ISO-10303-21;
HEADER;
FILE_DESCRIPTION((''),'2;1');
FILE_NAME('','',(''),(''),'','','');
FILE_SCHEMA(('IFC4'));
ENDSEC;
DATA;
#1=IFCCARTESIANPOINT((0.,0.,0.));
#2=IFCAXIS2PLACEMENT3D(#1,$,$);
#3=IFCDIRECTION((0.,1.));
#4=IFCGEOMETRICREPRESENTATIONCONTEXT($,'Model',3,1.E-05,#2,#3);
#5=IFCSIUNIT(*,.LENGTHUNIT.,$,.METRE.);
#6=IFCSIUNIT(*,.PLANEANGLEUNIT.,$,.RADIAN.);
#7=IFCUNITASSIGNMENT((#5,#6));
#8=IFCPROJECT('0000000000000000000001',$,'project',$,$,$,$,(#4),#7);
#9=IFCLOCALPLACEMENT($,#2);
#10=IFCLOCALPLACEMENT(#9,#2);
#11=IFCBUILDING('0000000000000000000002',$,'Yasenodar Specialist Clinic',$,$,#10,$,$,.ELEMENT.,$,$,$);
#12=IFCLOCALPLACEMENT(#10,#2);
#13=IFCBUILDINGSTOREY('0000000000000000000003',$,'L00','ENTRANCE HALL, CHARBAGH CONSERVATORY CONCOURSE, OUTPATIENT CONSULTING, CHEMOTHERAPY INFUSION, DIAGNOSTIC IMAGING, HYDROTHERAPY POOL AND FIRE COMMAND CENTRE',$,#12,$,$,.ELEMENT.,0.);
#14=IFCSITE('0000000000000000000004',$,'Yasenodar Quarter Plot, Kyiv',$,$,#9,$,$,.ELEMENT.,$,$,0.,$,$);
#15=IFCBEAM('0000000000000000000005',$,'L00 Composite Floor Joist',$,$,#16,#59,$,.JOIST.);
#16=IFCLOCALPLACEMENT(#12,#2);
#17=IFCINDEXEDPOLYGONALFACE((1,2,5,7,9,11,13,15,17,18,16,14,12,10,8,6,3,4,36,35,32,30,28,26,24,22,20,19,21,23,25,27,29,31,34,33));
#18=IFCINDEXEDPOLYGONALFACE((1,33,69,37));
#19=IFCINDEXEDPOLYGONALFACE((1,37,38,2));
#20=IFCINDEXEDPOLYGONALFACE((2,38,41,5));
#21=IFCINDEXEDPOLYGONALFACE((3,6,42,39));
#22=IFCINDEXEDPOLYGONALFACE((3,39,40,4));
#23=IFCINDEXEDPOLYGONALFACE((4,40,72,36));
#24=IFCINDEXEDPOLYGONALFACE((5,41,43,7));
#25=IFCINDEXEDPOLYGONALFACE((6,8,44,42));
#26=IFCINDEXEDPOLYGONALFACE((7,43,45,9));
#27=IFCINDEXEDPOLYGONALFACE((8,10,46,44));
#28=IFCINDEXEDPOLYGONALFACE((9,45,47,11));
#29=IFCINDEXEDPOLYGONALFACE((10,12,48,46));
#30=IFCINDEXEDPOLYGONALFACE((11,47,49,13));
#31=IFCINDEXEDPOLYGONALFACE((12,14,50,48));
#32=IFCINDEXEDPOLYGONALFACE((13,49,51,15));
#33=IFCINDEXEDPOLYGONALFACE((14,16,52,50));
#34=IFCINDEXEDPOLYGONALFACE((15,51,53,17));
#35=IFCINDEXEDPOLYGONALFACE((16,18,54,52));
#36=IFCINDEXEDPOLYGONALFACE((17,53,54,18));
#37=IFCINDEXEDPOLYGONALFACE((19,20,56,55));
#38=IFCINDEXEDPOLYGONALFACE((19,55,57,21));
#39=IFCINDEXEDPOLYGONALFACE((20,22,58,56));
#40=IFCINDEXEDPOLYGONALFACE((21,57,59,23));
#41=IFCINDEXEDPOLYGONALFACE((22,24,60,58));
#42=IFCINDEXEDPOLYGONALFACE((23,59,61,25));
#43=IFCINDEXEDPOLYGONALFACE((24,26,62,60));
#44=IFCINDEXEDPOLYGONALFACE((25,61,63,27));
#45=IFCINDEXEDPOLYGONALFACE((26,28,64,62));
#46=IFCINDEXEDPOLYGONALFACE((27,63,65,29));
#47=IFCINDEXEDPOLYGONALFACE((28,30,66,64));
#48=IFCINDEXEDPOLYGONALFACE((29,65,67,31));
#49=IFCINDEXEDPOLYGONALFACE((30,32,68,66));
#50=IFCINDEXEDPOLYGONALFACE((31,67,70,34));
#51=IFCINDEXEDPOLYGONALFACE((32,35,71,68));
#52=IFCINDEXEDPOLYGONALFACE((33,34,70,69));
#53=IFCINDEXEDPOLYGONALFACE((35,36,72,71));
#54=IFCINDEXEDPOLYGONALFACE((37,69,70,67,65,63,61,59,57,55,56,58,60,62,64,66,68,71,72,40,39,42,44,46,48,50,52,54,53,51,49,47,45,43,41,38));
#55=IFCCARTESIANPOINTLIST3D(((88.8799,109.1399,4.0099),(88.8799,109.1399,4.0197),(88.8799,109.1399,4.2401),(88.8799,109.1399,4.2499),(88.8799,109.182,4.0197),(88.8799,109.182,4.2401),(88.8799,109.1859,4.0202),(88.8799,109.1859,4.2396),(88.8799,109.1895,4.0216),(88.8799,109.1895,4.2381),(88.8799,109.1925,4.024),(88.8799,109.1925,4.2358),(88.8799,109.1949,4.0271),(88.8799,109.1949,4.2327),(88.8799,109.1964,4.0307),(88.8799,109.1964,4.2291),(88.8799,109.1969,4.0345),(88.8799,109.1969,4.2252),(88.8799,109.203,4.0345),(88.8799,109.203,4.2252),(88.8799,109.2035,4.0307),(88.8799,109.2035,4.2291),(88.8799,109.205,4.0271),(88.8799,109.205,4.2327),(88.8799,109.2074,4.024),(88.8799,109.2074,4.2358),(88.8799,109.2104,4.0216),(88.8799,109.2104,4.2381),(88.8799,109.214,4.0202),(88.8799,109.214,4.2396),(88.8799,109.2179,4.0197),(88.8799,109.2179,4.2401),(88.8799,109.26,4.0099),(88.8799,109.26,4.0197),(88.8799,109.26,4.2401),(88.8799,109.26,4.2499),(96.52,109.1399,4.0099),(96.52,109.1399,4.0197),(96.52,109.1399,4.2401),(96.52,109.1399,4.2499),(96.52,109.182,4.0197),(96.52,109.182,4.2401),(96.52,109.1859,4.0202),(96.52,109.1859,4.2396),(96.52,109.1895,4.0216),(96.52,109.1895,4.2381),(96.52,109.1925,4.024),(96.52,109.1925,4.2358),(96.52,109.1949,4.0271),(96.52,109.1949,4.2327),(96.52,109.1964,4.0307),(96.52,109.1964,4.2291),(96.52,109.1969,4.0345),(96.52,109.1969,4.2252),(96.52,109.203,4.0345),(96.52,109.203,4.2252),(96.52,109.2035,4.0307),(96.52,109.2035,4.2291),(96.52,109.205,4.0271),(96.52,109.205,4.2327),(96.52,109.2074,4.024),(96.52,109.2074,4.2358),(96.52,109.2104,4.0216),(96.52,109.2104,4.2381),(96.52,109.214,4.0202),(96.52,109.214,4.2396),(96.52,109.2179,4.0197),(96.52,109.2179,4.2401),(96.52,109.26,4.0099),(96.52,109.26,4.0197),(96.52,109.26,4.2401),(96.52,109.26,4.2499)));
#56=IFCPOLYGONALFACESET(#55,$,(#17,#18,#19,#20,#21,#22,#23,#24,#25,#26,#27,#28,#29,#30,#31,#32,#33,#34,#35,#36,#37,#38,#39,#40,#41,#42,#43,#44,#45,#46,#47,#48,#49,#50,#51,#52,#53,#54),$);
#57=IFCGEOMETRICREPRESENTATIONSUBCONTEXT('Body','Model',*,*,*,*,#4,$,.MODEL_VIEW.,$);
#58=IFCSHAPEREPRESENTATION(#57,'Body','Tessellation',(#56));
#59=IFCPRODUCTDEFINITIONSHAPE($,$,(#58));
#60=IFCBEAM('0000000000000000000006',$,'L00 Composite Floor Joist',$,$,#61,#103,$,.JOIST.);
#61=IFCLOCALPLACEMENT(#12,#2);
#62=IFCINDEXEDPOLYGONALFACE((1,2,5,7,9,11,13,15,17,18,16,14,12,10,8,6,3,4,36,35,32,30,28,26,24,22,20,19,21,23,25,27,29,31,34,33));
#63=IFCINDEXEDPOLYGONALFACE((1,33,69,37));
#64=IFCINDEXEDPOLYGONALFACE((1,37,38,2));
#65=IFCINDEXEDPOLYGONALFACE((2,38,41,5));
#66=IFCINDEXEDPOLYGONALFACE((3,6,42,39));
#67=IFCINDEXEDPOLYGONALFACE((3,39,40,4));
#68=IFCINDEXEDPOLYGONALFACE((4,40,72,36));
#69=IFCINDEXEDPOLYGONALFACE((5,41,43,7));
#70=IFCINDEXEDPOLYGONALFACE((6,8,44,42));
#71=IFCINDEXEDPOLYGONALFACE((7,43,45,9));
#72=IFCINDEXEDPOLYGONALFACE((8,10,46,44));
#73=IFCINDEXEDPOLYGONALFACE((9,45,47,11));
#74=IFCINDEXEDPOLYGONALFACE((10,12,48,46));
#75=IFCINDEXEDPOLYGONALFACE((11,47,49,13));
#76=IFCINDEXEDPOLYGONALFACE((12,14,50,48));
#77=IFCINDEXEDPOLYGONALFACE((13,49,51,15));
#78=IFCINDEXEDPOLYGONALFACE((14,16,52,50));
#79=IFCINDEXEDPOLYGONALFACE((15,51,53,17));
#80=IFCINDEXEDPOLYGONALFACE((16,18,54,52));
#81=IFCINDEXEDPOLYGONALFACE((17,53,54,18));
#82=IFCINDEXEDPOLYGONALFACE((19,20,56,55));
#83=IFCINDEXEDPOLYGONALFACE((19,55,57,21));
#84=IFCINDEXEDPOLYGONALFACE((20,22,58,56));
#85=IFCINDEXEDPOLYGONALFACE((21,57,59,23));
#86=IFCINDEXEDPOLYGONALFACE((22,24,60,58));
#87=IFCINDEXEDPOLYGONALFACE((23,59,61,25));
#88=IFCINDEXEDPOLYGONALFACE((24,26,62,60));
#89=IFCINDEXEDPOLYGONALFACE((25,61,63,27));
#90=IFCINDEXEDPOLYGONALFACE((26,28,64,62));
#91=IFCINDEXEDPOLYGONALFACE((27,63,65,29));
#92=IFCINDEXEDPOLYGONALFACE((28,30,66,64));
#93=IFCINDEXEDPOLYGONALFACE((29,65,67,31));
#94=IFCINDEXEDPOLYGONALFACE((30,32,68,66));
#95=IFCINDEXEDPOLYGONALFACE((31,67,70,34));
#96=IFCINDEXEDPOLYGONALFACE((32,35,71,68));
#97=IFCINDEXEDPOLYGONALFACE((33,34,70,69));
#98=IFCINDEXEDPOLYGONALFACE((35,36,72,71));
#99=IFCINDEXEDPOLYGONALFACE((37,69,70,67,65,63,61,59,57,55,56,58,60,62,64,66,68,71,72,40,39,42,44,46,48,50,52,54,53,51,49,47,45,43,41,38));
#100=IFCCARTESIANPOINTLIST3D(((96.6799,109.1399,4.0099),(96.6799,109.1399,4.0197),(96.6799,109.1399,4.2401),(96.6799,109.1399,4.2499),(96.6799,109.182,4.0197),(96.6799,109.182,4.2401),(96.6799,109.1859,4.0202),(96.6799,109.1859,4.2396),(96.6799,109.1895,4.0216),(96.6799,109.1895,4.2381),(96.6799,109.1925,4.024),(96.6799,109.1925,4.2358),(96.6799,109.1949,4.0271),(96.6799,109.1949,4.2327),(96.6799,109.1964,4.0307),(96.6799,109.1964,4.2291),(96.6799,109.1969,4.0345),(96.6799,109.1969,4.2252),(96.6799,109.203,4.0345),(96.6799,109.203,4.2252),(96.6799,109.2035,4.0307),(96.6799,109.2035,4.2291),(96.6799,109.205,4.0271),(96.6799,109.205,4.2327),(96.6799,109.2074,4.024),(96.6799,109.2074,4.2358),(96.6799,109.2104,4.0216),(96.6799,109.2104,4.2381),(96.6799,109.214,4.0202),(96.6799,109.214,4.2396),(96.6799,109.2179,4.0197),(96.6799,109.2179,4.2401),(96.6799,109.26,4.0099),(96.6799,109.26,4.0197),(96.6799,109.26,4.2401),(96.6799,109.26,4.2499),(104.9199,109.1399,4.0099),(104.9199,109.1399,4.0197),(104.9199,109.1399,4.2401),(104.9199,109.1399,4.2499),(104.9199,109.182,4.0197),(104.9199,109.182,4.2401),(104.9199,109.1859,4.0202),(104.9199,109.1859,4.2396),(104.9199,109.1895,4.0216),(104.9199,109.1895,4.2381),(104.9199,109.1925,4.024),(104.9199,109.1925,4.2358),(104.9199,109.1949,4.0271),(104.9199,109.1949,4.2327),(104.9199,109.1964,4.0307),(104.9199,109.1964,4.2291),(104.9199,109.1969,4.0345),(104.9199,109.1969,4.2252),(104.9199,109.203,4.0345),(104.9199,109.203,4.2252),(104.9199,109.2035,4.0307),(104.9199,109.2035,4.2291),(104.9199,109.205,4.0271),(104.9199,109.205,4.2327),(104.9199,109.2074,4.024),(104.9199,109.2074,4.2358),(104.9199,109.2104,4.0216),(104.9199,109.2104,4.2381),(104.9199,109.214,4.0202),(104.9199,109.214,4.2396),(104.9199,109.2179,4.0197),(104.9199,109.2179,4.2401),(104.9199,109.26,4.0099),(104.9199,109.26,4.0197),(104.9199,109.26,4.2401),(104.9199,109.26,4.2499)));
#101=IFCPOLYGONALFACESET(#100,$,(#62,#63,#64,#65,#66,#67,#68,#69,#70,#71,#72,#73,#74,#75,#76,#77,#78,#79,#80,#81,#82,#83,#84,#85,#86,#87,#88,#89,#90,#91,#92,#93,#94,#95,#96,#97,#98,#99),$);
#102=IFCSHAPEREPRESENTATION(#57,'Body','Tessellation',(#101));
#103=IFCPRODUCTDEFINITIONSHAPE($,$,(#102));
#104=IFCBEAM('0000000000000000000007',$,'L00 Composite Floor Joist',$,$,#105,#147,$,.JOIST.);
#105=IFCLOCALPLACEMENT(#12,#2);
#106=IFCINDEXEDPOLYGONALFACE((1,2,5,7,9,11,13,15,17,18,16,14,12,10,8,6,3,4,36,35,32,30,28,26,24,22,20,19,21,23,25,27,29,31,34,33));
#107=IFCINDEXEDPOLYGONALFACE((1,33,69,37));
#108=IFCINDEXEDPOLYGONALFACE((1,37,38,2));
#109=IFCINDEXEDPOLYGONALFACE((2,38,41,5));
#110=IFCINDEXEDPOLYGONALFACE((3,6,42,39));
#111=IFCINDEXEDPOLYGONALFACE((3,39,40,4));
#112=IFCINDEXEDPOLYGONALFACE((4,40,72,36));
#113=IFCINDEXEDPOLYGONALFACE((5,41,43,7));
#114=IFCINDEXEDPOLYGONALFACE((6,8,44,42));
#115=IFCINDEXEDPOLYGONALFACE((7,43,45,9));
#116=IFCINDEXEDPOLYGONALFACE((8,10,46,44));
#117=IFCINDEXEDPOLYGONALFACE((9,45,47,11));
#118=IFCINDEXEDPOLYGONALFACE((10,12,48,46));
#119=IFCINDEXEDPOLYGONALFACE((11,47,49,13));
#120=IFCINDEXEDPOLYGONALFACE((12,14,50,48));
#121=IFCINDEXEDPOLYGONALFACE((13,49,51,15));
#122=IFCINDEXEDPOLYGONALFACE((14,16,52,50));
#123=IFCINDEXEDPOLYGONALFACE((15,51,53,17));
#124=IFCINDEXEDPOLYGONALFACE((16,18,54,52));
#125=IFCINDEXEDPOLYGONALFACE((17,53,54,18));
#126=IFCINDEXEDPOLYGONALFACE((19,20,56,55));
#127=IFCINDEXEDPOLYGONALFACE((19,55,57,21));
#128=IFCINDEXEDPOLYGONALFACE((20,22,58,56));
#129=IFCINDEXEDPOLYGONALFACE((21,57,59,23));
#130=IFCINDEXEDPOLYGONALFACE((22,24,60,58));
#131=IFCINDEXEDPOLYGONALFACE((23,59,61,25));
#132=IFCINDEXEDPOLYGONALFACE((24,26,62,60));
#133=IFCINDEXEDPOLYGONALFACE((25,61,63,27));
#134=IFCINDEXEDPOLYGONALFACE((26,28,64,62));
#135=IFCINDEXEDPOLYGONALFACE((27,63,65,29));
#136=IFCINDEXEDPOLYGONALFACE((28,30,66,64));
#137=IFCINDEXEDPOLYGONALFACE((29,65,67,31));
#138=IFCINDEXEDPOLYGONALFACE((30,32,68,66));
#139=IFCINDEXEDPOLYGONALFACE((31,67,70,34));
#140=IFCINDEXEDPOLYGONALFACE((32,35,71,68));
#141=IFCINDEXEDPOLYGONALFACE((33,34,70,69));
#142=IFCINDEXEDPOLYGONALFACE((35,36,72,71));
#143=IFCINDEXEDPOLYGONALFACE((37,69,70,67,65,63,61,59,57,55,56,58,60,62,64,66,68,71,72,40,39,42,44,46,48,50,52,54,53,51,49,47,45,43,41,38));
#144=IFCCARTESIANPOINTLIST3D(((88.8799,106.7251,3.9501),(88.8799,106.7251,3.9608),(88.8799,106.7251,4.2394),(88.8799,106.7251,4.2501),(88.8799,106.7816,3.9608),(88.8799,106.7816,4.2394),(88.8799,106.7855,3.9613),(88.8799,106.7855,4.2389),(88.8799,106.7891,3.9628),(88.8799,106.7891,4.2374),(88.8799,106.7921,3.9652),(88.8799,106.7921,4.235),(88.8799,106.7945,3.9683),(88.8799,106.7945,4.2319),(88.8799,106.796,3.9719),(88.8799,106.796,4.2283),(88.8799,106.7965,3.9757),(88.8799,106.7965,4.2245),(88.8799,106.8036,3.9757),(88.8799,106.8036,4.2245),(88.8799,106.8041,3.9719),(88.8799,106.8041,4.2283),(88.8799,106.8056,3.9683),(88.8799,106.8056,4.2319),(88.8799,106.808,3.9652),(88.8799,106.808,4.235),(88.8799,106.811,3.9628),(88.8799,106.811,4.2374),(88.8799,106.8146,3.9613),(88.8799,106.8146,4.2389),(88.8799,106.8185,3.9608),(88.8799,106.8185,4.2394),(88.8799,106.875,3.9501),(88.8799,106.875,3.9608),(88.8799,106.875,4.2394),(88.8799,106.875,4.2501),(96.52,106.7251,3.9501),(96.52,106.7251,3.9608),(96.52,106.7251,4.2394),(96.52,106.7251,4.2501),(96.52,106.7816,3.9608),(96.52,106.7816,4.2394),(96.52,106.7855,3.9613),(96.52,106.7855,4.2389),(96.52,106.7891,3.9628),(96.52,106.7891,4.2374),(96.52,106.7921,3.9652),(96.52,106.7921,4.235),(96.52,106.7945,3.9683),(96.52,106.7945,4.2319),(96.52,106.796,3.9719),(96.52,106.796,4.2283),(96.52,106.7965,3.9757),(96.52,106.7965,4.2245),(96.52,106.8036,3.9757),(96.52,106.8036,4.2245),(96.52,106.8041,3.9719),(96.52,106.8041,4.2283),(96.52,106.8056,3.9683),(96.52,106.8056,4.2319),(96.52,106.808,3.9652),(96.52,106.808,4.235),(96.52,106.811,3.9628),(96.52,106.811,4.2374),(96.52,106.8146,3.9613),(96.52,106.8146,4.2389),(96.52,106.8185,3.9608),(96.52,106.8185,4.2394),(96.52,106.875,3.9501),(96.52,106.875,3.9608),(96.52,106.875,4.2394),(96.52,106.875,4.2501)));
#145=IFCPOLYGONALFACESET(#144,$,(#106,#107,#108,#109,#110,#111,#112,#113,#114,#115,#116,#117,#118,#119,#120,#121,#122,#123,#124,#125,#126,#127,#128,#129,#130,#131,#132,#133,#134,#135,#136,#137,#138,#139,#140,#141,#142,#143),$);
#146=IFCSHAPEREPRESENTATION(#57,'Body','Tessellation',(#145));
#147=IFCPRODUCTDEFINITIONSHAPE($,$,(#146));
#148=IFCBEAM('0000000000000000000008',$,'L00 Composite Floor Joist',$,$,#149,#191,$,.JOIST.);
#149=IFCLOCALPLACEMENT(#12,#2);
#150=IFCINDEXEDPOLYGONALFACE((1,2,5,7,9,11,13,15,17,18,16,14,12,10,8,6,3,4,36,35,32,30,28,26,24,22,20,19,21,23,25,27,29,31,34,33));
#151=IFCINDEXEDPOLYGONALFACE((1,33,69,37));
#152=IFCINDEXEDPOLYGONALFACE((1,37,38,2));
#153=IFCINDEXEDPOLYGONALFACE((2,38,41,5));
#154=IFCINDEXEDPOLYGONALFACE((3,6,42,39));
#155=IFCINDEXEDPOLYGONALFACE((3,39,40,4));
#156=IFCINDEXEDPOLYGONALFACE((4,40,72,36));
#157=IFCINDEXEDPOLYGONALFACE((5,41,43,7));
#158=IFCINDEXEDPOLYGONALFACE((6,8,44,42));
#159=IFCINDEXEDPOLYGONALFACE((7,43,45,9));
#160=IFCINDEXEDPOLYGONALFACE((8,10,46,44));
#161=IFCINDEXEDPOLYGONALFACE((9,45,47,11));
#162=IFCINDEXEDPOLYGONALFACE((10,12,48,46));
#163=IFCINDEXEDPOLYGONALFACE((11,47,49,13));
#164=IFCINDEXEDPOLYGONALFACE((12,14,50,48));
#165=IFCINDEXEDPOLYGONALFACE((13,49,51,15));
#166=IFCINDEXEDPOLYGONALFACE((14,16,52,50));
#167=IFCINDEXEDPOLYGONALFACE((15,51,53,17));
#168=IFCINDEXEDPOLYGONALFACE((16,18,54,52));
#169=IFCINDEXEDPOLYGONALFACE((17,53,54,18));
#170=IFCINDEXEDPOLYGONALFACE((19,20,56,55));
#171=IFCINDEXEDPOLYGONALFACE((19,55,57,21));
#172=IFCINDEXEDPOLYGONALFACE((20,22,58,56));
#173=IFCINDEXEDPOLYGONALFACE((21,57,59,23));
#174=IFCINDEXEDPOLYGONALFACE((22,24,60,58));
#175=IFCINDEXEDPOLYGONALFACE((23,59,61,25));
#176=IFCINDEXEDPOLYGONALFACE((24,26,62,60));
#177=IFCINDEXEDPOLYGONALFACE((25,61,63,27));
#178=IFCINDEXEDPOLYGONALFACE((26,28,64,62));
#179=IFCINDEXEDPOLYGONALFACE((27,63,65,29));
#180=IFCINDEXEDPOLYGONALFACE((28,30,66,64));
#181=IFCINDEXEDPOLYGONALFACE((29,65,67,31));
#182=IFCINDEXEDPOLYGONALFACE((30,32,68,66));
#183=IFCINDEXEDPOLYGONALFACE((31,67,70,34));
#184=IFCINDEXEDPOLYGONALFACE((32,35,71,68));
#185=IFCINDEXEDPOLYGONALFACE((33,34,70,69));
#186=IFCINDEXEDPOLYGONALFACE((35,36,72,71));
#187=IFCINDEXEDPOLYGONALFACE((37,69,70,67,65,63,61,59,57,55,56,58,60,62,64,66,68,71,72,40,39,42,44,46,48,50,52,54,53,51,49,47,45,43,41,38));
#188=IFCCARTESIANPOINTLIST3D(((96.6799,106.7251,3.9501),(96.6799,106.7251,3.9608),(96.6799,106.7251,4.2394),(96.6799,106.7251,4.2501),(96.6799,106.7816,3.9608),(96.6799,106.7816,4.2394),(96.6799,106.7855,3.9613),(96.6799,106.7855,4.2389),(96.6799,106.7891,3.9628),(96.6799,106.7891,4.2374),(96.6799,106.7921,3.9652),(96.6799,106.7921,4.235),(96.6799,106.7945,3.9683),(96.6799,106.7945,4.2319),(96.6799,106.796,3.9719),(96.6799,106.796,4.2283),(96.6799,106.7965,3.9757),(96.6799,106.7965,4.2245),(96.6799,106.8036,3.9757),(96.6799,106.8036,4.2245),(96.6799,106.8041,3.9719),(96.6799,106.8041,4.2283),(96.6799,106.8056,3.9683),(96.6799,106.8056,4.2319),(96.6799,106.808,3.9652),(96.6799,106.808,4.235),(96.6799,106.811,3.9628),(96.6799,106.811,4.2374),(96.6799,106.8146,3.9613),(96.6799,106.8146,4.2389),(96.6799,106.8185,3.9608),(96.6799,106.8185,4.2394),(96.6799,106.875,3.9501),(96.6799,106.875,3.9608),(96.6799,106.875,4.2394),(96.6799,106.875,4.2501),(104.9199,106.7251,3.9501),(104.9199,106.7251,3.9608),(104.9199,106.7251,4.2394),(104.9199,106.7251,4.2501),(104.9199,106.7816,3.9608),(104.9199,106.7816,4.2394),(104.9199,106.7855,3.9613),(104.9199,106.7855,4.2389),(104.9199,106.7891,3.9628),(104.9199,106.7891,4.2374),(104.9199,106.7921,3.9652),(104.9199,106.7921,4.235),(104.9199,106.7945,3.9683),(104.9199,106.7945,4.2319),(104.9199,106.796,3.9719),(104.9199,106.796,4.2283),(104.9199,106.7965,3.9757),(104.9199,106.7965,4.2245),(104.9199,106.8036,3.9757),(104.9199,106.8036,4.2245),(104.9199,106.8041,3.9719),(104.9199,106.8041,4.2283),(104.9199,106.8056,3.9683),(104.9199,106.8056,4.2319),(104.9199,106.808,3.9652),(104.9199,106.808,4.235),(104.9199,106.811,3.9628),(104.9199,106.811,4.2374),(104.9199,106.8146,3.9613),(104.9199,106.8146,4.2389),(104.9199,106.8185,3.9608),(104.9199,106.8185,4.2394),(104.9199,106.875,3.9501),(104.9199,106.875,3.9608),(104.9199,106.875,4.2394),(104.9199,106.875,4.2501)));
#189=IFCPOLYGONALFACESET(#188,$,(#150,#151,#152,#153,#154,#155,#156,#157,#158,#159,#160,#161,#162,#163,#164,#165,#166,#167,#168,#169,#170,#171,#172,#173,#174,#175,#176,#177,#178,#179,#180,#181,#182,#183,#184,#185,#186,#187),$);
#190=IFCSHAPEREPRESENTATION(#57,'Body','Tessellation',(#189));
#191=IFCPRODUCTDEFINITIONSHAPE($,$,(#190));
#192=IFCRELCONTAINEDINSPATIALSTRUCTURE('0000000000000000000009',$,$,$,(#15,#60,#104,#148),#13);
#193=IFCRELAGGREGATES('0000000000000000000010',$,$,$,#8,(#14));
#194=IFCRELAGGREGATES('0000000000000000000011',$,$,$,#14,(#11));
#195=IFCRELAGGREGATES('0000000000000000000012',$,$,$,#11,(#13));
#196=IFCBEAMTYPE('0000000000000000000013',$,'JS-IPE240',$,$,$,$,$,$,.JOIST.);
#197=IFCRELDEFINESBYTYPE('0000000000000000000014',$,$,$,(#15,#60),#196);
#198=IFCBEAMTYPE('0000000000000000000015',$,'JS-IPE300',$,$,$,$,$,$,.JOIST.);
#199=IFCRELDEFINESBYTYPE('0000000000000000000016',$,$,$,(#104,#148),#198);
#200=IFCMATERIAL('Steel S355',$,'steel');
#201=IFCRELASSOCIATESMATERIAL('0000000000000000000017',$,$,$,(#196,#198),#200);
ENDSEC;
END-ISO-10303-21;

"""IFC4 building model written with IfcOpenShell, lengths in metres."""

from ifc_helpers import new_model, si_unit, direction, frame, origin, origin_2d, place, context, subcontext, project, spatial, i_section, extrude, material, material_profile, profile_set, type_object, element, save


model = new_model("IFC4")

# Units and contexts
model_context = context("Model", 3, precision=1e-05, world=origin(), true_north=direction((0.0, 1.0)))
body_context = subcontext(model_context, "Body", "Model", "MODEL_VIEW")
ifc_project = project(units=[si_unit("LENGTHUNIT", "METRE"), si_unit("PLANEANGLEUNIT", "RADIAN")], contexts=[model_context])

# Site, building, storey
site_placement = place(None, origin())
site = spatial("IfcSite", under=ifc_project, at=site_placement, Name="Yasenodar Quarter Plot, Kyiv", CompositionType="ELEMENT", RefElevation=0.0)
building_placement = place(site_placement, origin())
building = spatial("IfcBuilding", under=site, at=building_placement, Name="Yasenodar Specialist Clinic", CompositionType="ELEMENT")
storey_placement = place(building_placement, origin())
storey = spatial("IfcBuildingStorey", under=building, at=storey_placement, Name="L00", Description="ENTRANCE HALL, CHARBAGH CONSERVATORY CONCOURSE, OUTPATIENT CONSULTING, CHEMOTHERAPY INFUSION, DIAGNOSTIC IMAGING, HYDROTHERAPY POOL AND FIRE COMMAND CENTRE", CompositionType="ELEMENT", Elevation=0.0)

# Shared definitions
ifc_material_1 = material(Name="Steel S355", Category="steel")

# Beams
ifc_material_profile_1 = material_profile(ifc_material_1, i_section(OverallWidth=0.1201, OverallDepth=0.24, WebThickness=0.0061, FlangeThickness=0.0098, FilletRadius=0.0149, at=origin_2d()), Name="IPE 240")
ifc_profile_set_1 = profile_set([ifc_material_profile_1], Name="Steel S355")
beam_type_1 = type_object("IfcBeamType", Name="JS-IPE240", PredefinedType="JOIST", material=ifc_profile_set_1)
beam_1_placement = place(storey_placement, frame((88.8799, 109.2, 4.1299), z_axis=(1.0, 0.0, 0.0), x_axis=(0.0, 1.0, 0.0)))
element("IfcBeam", 1, at=beam_1_placement, inside=storey, type_object=beam_type_1, Name="L00 Composite Floor Joist", PredefinedType="JOIST", context=body_context, shape_type="SweptSolid", body=[
    extrude(i_section(OverallWidth=0.1201, OverallDepth=0.24, WebThickness=0.0061, FlangeThickness=0.0098, FilletRadius=0.0149, at=origin_2d()), origin(), (0.0, 0.0, 1.0), 7.6401),
])
beam_2_placement = place(storey_placement, frame((96.6799, 109.2, 4.1299), z_axis=(1.0, 0.0, 0.0), x_axis=(0.0, 1.0, 0.0)))
element("IfcBeam", 2, at=beam_2_placement, inside=storey, type_object=beam_type_1, Name="L00 Composite Floor Joist", PredefinedType="JOIST", context=body_context, shape_type="SweptSolid", body=[
    extrude(i_section(OverallWidth=0.1201, OverallDepth=0.24, WebThickness=0.0061, FlangeThickness=0.0098, FilletRadius=0.0149, at=origin_2d()), origin(), (0.0, 0.0, 1.0), 8.24),
])
ifc_material_profile_2 = material_profile(ifc_material_1, i_section(OverallWidth=0.1499, OverallDepth=0.3, WebThickness=0.0071, FlangeThickness=0.0107, FilletRadius=0.0149, at=origin_2d()), Name="IPE 300")
ifc_profile_set_2 = profile_set([ifc_material_profile_2], Name="Steel S355")
beam_type_2 = type_object("IfcBeamType", Name="JS-IPE300", PredefinedType="JOIST", material=ifc_profile_set_2)
beam_3_placement = place(storey_placement, frame((88.8799, 106.8, 4.1001), z_axis=(1.0, 0.0, 0.0), x_axis=(0.0, 1.0, 0.0)))
element("IfcBeam", 3, at=beam_3_placement, inside=storey, type_object=beam_type_2, Name="L00 Composite Floor Joist", PredefinedType="JOIST", context=body_context, shape_type="SweptSolid", body=[
    extrude(i_section(OverallWidth=0.1499, OverallDepth=0.3, WebThickness=0.0071, FlangeThickness=0.0107, FilletRadius=0.0149, at=origin_2d()), origin(), (0.0, 0.0, 1.0), 7.6401),
])
beam_4_placement = place(storey_placement, frame((96.6799, 106.8, 4.1001), z_axis=(1.0, 0.0, 0.0), x_axis=(0.0, 1.0, 0.0)))
element("IfcBeam", 4, at=beam_4_placement, inside=storey, type_object=beam_type_2, Name="L00 Composite Floor Joist", PredefinedType="JOIST", context=body_context, shape_type="SweptSolid", body=[
    extrude(i_section(OverallWidth=0.1499, OverallDepth=0.3, WebThickness=0.0071, FlangeThickness=0.0107, FilletRadius=0.0149, at=origin_2d()), origin(), (0.0, 0.0, 1.0), 8.24),
])

save(model, "model.ifc")
